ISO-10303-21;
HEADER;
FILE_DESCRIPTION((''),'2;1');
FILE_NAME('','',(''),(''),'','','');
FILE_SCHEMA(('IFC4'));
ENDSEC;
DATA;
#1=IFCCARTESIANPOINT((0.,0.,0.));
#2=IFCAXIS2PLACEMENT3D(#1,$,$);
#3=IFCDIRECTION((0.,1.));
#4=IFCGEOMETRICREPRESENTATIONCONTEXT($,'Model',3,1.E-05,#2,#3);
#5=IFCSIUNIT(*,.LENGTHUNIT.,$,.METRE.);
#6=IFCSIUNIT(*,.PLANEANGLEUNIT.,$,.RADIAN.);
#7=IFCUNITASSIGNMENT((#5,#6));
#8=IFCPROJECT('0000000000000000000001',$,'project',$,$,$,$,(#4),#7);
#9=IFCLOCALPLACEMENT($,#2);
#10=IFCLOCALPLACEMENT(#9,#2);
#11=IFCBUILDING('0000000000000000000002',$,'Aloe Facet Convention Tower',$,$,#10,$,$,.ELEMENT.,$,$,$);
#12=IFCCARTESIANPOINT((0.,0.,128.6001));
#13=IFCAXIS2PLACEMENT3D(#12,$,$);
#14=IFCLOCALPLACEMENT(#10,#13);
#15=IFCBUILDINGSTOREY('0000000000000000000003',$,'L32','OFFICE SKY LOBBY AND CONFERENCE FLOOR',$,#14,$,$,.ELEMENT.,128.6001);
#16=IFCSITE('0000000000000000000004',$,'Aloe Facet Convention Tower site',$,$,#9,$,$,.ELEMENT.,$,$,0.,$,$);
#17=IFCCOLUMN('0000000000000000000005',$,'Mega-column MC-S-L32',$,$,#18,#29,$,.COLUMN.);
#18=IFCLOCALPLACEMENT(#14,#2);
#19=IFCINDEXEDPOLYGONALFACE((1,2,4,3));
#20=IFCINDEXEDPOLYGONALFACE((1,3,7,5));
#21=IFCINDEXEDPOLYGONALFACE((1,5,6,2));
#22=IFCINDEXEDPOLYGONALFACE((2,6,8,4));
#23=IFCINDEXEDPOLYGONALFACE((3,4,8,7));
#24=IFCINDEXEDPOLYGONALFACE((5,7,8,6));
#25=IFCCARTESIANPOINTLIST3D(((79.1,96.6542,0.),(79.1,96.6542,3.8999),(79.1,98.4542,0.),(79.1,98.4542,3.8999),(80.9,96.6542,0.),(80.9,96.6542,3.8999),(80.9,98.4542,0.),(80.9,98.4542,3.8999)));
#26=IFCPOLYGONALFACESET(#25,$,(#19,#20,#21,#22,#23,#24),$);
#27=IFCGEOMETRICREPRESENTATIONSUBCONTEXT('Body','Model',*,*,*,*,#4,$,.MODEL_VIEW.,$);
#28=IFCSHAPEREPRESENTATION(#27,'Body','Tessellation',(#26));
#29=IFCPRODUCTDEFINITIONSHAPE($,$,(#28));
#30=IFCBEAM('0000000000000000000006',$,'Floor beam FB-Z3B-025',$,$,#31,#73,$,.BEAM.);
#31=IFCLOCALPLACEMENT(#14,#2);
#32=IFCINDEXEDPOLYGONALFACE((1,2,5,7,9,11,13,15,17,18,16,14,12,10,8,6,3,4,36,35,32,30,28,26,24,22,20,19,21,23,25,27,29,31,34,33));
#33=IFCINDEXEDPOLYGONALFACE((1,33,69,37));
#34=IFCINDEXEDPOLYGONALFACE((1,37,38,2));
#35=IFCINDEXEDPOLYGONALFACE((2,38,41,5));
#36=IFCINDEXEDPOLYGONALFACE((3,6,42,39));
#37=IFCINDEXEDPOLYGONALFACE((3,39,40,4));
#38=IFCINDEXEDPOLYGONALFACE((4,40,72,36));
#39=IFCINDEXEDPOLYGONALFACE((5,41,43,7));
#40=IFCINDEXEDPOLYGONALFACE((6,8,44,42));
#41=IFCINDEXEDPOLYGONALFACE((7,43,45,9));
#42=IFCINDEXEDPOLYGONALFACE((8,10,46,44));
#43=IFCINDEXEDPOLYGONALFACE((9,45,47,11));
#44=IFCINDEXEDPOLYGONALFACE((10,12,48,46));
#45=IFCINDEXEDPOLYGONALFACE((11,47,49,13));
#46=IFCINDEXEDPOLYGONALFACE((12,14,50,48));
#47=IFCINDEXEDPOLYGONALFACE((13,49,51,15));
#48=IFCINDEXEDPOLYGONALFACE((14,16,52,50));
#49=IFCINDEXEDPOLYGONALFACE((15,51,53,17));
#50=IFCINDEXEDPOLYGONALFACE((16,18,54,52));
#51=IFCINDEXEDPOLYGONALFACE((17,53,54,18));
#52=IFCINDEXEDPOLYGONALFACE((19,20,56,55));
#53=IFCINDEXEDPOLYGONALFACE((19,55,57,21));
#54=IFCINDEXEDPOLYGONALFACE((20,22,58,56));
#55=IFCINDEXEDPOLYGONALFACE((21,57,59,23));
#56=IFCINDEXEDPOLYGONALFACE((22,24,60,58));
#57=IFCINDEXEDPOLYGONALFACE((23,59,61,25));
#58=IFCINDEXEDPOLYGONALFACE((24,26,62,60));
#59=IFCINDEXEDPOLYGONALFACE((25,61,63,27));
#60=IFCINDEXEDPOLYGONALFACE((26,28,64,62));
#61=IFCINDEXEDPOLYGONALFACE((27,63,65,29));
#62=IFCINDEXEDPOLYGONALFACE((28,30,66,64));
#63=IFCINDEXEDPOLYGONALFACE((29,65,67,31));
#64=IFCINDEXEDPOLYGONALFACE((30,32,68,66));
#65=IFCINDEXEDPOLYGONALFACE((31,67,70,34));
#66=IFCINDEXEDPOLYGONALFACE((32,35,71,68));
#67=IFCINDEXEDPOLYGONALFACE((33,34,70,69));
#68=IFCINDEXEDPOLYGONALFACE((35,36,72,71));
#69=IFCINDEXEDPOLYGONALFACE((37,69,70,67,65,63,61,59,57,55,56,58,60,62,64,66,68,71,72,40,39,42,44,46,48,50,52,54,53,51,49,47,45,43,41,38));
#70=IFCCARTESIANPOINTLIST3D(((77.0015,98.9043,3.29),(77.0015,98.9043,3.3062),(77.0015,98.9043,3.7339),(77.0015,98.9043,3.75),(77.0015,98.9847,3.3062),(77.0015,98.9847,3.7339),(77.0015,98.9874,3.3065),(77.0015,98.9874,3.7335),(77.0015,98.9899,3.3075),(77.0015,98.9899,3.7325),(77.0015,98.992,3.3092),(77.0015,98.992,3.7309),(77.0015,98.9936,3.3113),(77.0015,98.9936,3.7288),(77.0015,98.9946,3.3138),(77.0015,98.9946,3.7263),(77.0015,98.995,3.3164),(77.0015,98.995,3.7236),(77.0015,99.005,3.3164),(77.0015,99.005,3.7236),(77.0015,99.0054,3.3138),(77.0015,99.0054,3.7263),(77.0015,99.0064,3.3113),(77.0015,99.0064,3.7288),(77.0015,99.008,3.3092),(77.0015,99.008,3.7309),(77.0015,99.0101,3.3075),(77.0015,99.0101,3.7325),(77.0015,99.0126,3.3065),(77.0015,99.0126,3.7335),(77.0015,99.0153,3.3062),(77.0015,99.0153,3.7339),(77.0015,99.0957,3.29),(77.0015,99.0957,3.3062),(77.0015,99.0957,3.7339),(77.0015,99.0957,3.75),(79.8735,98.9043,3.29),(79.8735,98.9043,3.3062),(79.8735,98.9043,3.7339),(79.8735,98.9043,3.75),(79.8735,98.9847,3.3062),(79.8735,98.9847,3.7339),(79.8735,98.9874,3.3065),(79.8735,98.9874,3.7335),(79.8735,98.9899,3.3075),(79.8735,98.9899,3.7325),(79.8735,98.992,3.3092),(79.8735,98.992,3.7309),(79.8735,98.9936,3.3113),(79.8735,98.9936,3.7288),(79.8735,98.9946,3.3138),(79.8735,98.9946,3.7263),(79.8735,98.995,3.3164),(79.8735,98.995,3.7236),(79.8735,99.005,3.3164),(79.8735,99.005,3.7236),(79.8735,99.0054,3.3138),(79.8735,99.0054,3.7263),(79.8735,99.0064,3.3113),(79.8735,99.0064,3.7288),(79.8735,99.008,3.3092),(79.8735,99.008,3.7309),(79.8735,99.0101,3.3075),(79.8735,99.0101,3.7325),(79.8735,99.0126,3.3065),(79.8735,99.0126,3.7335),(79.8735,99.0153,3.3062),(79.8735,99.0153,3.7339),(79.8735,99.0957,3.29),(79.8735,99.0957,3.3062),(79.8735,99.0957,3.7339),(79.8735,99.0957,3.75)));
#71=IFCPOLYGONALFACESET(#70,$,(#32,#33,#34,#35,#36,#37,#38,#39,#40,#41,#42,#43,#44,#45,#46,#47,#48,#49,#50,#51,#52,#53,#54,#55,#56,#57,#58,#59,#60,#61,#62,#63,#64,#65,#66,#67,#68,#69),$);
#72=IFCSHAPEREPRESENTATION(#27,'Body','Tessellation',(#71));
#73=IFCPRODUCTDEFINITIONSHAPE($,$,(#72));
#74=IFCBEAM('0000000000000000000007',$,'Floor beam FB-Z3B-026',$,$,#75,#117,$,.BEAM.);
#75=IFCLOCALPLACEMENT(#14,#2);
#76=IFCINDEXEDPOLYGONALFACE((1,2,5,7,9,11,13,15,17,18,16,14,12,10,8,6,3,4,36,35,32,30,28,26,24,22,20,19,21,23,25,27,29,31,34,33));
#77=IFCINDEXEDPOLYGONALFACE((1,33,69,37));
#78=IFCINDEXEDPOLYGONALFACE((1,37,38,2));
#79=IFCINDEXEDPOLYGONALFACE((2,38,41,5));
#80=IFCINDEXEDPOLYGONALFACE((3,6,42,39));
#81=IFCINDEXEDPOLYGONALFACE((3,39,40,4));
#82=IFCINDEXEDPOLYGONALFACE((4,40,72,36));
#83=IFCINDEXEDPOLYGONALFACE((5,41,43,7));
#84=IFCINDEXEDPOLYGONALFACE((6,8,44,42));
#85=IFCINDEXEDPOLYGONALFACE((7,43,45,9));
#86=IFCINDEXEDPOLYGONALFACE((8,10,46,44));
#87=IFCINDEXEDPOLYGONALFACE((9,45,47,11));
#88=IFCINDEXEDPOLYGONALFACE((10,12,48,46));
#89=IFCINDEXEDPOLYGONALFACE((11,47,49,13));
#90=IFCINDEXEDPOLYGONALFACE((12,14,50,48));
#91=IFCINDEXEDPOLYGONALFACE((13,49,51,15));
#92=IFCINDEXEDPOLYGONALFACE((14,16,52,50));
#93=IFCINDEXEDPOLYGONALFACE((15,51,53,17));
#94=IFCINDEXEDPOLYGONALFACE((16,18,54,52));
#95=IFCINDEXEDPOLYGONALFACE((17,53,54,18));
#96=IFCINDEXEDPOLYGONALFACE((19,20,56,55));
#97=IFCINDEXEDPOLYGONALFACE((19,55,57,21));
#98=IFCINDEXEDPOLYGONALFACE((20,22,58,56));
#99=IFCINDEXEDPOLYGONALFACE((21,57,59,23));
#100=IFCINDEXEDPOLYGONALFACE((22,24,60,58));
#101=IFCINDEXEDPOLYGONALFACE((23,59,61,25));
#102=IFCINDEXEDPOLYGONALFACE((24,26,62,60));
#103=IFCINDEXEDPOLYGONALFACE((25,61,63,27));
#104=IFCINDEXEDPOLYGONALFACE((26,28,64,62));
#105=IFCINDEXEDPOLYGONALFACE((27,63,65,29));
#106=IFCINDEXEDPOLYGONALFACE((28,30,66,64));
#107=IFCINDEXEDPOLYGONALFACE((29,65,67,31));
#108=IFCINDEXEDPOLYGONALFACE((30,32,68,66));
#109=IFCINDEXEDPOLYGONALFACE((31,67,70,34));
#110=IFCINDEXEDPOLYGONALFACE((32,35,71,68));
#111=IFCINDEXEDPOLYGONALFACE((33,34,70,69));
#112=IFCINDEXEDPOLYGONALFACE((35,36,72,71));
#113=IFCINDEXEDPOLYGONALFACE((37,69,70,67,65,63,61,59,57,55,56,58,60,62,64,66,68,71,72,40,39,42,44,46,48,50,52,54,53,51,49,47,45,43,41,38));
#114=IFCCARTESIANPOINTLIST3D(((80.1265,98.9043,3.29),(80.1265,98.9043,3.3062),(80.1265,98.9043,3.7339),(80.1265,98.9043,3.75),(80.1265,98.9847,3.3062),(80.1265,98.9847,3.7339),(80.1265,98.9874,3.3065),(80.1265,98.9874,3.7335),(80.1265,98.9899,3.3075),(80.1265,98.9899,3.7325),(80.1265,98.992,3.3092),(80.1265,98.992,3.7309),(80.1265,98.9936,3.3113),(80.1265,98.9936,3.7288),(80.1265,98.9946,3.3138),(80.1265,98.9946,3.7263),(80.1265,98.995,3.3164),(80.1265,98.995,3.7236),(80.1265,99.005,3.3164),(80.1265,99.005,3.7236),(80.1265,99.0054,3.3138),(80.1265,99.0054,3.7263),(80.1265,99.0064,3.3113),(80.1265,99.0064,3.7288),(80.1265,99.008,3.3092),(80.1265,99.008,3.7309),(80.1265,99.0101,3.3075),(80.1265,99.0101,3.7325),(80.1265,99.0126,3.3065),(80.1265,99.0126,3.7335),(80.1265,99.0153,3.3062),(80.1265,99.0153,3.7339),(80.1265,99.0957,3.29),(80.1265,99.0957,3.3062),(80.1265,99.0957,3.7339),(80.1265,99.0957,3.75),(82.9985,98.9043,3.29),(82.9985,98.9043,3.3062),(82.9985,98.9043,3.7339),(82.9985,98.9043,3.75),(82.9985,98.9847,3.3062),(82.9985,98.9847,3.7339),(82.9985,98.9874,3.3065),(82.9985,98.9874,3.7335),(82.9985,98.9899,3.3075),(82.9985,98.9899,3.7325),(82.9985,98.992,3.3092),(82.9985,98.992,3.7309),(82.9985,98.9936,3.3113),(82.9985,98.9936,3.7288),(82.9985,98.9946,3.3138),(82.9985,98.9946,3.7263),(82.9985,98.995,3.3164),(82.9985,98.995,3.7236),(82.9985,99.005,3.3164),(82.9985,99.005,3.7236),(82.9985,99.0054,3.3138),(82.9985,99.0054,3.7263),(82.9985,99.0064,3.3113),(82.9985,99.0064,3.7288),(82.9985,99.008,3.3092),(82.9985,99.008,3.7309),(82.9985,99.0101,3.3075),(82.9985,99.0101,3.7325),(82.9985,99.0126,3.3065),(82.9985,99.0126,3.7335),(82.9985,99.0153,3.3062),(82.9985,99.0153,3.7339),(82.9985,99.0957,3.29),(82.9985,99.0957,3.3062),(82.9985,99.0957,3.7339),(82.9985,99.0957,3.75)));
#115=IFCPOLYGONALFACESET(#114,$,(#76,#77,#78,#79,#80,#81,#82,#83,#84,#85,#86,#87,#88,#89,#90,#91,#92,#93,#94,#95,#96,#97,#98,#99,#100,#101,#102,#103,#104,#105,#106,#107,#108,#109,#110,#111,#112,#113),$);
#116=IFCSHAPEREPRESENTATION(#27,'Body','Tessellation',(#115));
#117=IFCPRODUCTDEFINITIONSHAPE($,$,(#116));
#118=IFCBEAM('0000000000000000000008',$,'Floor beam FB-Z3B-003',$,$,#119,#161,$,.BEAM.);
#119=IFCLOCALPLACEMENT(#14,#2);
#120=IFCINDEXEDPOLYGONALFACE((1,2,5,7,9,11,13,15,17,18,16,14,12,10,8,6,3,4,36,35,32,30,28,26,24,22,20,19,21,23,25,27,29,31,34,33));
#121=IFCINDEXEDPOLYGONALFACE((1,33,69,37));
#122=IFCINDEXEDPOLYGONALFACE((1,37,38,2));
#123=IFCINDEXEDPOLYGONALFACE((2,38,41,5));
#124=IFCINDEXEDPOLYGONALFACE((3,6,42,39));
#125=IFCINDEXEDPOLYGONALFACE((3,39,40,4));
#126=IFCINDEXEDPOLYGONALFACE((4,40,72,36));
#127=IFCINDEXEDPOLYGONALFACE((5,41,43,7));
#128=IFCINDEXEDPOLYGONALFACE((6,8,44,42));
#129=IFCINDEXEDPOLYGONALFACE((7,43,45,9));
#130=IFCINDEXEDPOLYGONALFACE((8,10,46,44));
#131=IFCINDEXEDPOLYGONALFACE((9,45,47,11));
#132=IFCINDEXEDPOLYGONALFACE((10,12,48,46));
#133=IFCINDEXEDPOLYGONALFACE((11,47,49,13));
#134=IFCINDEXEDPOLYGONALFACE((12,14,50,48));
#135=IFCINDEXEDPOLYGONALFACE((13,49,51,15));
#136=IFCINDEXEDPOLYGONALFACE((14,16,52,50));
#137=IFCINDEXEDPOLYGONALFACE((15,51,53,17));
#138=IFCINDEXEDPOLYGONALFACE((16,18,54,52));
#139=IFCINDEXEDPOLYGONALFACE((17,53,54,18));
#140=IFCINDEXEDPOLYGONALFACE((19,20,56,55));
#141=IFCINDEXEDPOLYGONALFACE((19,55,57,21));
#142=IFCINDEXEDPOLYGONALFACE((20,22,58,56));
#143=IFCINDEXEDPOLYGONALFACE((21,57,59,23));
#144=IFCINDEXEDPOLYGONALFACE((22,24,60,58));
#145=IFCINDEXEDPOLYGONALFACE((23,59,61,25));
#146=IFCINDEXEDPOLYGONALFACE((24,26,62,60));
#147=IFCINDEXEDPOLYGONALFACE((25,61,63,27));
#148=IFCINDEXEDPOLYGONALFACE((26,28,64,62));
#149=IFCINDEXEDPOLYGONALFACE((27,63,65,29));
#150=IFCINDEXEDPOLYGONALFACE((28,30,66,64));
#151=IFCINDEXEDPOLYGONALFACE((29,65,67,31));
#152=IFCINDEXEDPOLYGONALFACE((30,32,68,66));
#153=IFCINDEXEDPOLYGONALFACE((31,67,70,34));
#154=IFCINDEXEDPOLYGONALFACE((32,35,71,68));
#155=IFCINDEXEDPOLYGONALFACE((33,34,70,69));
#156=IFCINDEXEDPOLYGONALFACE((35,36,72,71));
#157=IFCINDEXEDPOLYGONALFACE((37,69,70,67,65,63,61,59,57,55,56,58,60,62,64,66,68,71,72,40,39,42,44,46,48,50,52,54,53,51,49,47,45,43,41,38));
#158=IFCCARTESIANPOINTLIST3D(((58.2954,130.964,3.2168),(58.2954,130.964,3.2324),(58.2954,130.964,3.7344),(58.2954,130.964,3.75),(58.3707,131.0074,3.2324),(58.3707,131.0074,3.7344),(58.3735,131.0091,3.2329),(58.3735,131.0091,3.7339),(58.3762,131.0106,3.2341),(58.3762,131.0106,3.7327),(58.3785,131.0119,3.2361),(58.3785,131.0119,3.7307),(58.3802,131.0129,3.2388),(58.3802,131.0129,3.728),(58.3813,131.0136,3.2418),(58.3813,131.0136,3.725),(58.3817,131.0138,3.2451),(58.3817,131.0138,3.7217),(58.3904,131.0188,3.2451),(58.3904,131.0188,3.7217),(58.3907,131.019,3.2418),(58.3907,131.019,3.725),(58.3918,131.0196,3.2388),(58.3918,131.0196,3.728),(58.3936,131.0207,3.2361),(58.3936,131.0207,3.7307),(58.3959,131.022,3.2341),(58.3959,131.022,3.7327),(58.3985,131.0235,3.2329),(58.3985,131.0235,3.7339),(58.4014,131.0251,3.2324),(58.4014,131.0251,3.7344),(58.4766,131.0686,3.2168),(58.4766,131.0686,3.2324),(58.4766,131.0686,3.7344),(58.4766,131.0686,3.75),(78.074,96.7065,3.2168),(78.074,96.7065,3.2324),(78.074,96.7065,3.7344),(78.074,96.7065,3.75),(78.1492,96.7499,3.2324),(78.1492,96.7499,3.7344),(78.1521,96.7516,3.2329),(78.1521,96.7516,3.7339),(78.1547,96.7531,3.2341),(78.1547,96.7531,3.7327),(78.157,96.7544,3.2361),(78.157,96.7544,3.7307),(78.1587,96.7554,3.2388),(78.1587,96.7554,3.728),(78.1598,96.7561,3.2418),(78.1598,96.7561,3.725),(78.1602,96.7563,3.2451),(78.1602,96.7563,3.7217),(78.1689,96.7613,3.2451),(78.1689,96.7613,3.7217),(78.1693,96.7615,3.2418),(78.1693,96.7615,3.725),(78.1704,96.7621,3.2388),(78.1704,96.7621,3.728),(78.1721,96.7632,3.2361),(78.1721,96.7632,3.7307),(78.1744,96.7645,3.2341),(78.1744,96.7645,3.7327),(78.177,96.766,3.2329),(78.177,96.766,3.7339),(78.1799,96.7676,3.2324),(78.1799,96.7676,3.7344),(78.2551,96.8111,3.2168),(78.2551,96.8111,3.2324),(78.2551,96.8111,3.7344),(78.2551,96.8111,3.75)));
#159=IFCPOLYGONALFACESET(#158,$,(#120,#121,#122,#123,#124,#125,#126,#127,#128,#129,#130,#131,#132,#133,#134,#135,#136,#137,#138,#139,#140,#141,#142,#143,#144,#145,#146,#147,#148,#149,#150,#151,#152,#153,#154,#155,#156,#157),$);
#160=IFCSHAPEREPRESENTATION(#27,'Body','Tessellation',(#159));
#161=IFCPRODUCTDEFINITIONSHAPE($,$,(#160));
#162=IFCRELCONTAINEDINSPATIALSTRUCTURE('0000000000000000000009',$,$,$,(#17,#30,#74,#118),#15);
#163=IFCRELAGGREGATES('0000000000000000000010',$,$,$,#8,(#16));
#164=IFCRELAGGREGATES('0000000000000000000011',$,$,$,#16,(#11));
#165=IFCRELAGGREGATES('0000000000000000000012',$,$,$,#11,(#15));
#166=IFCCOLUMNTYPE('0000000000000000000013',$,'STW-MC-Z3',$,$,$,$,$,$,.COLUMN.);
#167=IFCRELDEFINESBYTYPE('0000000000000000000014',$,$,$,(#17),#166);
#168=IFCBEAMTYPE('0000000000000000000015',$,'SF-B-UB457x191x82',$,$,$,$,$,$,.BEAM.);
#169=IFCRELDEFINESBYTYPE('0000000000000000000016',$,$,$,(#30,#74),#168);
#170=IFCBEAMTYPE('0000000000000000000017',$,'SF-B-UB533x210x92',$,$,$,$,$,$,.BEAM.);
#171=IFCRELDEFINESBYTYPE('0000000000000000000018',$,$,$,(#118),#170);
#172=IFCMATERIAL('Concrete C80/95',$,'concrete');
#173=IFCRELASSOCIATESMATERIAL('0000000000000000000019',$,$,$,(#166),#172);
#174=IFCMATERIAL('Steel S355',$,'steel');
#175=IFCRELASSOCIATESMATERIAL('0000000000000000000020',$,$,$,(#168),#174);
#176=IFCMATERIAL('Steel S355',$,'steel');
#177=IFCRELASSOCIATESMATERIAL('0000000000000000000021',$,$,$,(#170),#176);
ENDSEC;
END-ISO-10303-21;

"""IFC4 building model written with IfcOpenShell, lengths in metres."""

from ifc_helpers import new_model, si_unit, direction, frame, origin, origin_2d, place, context, subcontext, project, spatial, rectangle, i_section, extrude, material, material_profile, profile_set, type_object, element, save


model = new_model("IFC4")

# Units and contexts
model_context = context("Model", 3, precision=1e-05, world=origin(), true_north=direction((0.0, 1.0)))
body_context = subcontext(model_context, "Body", "Model", "MODEL_VIEW")
ifc_project = project(units=[si_unit("LENGTHUNIT", "METRE"), si_unit("PLANEANGLEUNIT", "RADIAN")], contexts=[model_context])

# Site, building, storey
site_placement = place(None, origin())
site = spatial("IfcSite", under=ifc_project, at=site_placement, Name="Aloe Facet Convention Tower site", CompositionType="ELEMENT", RefElevation=0.0)
building_placement = place(site_placement, origin())
building = spatial("IfcBuilding", under=site, at=building_placement, Name="Aloe Facet Convention Tower", CompositionType="ELEMENT")
storey_placement = place(building_placement, frame((0.0, 0.0, 128.6001)))
storey = spatial("IfcBuildingStorey", under=building, at=storey_placement, Name="L32", Description="OFFICE SKY LOBBY AND CONFERENCE FLOOR", CompositionType="ELEMENT", Elevation=128.6001)

# Column
ifc_material_1 = material(Name="Concrete C80/95", Category="concrete")
ifc_material_profile_1 = material_profile(ifc_material_1, rectangle(XDim=1.8, YDim=1.8, at=origin_2d()), Name="STW-MC-Z3")
ifc_profile_set_1 = profile_set([ifc_material_profile_1], Name="Concrete C80/95")
column_type = type_object("IfcColumnType", Name="STW-MC-Z3", PredefinedType="COLUMN", material=ifc_profile_set_1)
column_placement = place(storey_placement, frame((80.0, 97.5542, 0.0), z_axis=(0.0, 0.0, 1.0), x_axis=(1.0, 0.0, 0.0)))
element("IfcColumn", 1, at=column_placement, inside=storey, type_object=column_type, Name="Mega-column MC-S-L32", PredefinedType="COLUMN", context=body_context, shape_type="SweptSolid", body=[
    extrude(rectangle(XDim=1.8, YDim=1.8, at=origin_2d()), origin(), (0.0, 0.0, 1.0), 3.8999),
])

# Beams
ifc_material_2 = material(Name="Steel S355", Category="steel")
ifc_material_profile_2 = material_profile(ifc_material_2, i_section(OverallWidth=0.1914, OverallDepth=0.46, WebThickness=0.01, FlangeThickness=0.0161, FilletRadius=0.0103, at=origin_2d()), Name="UB 457x191x82")
ifc_profile_set_2 = profile_set([ifc_material_profile_2], Name="Steel S355")
beam_type_1 = type_object("IfcBeamType", Name="SF-B-UB457x191x82", PredefinedType="BEAM", material=ifc_profile_set_2)
for number, where, z_axis, x_axis, name in (
    (2, (77.0015, 99.0, 3.52), (1.0, 0.0, 0.0), (0.0, 1.0, 0.0), "Floor beam FB-Z3B-025"),
    (3, (80.1265, 99.0, 3.52), (1.0, 0.0, 0.0), (0.0, 1.0, 0.0), "Floor beam FB-Z3B-026"),
):
    element("IfcBeam", number, at=place(storey_placement, frame(where, z_axis=z_axis, x_axis=x_axis)), inside=storey, type_object=beam_type_1, Name=name, PredefinedType="BEAM", context=body_context, shape_type="SweptSolid", body=[
        extrude(i_section(OverallWidth=0.1914, OverallDepth=0.46, WebThickness=0.01, FlangeThickness=0.0161, FilletRadius=0.0103, at=origin_2d()), origin(), (0.0, 0.0, 1.0), 2.8721),
    ])
ifc_material_3 = material(Name="Steel S355", Category="steel")
ifc_material_profile_3 = material_profile(ifc_material_3, i_section(OverallWidth=0.2092, OverallDepth=0.5332, WebThickness=0.01, FlangeThickness=0.0156, FilletRadius=0.0127, at=origin_2d()), Name="UB 533x210x92")
ifc_profile_set_3 = profile_set([ifc_material_profile_3], Name="Steel S355")
beam_type_2 = type_object("IfcBeamType", Name="SF-B-UB533x210x92", PredefinedType="BEAM", material=ifc_profile_set_3)
beam_placement = place(storey_placement, frame((78.1646, 96.7588, 3.4834), z_axis=(-0.499999, 0.866026, 0.0), x_axis=(-0.866026, -0.499999, 0.0)))
element("IfcBeam", 4, at=beam_placement, inside=storey, type_object=beam_type_2, Name="Floor beam FB-Z3B-003", PredefinedType="BEAM", context=body_context, shape_type="SweptSolid", body=[
    extrude(i_section(OverallWidth=0.2092, OverallDepth=0.5332, WebThickness=0.01, FlangeThickness=0.0156, FilletRadius=0.0127, at=origin_2d()), origin(), (0.0, 0.0, 1.0), 39.5571),
])

save(model, "model.ifc")
